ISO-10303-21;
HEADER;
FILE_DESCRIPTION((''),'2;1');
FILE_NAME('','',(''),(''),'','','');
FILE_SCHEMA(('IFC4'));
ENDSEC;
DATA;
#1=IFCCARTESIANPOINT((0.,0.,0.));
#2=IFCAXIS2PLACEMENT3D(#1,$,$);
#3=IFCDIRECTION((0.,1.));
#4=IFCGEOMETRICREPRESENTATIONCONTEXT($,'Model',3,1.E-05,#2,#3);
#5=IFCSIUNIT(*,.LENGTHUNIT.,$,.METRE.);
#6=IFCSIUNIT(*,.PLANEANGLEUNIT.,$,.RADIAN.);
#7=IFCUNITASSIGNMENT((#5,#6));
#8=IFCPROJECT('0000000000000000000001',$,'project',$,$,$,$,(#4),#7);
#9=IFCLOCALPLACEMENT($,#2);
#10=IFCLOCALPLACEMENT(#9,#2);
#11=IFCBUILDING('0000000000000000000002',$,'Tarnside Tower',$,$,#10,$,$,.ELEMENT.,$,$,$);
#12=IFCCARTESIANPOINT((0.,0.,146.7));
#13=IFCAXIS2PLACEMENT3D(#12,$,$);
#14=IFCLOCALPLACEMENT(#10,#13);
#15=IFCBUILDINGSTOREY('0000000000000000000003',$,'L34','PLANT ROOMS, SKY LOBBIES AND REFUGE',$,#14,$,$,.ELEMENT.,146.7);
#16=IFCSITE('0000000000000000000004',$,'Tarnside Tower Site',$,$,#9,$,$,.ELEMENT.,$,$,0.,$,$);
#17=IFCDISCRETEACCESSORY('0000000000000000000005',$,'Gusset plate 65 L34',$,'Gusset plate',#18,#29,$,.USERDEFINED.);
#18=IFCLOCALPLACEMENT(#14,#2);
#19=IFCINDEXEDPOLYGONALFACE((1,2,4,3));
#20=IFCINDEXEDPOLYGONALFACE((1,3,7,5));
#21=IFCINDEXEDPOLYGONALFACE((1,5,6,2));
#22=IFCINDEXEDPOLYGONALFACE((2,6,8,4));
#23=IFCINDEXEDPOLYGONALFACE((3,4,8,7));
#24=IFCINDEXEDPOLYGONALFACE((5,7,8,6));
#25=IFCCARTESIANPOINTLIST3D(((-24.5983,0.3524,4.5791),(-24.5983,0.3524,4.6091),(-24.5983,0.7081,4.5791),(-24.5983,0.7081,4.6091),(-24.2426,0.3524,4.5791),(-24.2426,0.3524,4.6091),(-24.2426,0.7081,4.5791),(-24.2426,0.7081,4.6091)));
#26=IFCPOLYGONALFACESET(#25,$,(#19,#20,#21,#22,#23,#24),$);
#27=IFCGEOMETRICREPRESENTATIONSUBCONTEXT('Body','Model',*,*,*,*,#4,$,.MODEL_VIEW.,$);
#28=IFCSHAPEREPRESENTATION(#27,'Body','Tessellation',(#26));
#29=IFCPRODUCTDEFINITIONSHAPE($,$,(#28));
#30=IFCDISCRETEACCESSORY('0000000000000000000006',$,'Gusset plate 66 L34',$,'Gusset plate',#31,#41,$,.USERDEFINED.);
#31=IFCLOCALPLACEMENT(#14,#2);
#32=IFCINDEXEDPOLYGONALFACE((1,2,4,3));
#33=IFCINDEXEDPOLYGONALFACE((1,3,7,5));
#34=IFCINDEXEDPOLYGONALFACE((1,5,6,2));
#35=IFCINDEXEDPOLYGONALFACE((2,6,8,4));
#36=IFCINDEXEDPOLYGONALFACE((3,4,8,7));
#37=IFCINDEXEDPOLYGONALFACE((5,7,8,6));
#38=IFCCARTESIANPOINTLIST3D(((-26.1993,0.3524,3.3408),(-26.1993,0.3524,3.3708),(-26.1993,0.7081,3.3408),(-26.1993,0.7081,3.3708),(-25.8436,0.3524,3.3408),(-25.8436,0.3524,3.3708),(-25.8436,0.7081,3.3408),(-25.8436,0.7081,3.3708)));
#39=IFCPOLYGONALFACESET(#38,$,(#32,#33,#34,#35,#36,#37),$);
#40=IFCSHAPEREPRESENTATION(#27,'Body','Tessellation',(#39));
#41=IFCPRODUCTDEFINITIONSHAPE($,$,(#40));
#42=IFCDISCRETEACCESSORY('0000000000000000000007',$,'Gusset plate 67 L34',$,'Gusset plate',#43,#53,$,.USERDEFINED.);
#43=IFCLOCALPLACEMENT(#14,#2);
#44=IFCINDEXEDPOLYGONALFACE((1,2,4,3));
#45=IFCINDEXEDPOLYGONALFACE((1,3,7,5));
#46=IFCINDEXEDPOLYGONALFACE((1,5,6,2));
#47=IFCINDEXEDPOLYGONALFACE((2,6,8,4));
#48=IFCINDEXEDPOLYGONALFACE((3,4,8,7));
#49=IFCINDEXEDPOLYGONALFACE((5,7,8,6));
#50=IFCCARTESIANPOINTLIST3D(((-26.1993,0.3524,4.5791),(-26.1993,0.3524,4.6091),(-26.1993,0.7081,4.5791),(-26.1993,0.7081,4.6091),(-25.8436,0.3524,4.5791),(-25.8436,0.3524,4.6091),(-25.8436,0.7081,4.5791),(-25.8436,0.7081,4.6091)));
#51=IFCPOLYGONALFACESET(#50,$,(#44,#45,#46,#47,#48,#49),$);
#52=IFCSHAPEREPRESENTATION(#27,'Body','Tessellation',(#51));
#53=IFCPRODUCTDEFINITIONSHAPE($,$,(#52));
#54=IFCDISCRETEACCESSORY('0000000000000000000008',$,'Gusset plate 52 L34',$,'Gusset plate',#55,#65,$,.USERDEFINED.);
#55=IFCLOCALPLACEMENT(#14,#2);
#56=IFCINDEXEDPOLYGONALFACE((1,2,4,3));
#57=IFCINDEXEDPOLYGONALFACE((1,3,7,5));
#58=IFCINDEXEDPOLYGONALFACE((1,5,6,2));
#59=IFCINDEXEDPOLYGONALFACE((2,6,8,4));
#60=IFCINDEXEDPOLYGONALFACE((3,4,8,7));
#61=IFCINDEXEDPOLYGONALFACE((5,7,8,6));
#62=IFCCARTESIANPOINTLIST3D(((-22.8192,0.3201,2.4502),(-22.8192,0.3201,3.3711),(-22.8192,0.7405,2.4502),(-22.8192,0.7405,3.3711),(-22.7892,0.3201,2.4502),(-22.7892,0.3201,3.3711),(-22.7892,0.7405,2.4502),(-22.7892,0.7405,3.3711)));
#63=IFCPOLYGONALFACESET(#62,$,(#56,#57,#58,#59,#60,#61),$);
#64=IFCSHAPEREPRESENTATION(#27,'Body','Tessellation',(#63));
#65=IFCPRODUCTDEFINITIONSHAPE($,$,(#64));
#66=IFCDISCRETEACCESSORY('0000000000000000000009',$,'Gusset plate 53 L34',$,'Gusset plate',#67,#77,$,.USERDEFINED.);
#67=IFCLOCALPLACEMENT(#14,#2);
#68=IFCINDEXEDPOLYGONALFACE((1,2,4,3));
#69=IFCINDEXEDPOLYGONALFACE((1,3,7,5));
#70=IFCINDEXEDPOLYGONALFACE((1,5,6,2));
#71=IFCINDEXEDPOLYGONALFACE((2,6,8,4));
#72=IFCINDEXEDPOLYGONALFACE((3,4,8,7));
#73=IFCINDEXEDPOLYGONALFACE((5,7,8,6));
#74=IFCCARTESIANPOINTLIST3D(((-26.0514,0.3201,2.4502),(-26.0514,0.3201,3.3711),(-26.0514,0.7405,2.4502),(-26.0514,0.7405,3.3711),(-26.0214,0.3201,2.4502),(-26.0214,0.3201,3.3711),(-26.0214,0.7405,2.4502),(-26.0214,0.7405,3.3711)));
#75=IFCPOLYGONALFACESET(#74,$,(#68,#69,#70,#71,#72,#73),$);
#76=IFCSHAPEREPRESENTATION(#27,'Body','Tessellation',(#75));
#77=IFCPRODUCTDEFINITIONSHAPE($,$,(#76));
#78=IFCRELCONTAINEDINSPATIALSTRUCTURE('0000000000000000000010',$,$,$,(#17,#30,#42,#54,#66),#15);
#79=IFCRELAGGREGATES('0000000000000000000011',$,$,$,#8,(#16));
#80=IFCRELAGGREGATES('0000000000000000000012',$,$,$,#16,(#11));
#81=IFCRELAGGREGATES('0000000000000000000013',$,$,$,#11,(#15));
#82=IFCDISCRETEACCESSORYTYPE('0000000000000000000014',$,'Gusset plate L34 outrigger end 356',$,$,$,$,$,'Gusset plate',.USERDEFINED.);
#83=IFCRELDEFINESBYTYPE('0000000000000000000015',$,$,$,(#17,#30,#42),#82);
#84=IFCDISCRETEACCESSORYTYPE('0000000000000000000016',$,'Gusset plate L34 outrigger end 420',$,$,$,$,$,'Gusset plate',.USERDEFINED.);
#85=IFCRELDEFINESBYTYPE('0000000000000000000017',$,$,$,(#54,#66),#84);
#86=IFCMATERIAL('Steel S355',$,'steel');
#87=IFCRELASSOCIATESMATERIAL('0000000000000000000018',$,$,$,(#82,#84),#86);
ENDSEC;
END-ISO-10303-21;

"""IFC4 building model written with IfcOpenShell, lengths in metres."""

from ifc_helpers import new_model, si_unit, direction, frame, origin, origin_2d, place, context, subcontext, project, spatial, rectangle, extrude, material, type_object, element, save


model = new_model("IFC4")

# Units and contexts
model_context = context("Model", 3, precision=1e-05, world=origin(), true_north=direction((0.0, 1.0)))
body_context = subcontext(model_context, "Body", "Model", "MODEL_VIEW")
ifc_project = project(units=[si_unit("LENGTHUNIT", "METRE"), si_unit("PLANEANGLEUNIT", "RADIAN")], contexts=[model_context])

# Site, building, storey
site_placement = place(None, origin())
site = spatial("IfcSite", under=ifc_project, at=site_placement, Name="Tarnside Tower Site", CompositionType="ELEMENT", RefElevation=0.0)
building_placement = place(site_placement, origin())
building = spatial("IfcBuilding", under=site, at=building_placement, Name="Tarnside Tower", CompositionType="ELEMENT")
storey_placement = place(building_placement, frame((0.0, 0.0, 146.7)))
storey = spatial("IfcBuildingStorey", under=building, at=storey_placement, Name="L34", Description="PLANT ROOMS, SKY LOBBIES AND REFUGE", CompositionType="ELEMENT", Elevation=146.7)

# Shared definitions
ifc_material_1 = material(Name="Steel S355", Category="steel")

# Discrete accessories
discrete_accessory_type_1 = type_object("IfcDiscreteAccessoryType", Name="Gusset plate L34 outrigger end 356", ElementType="Gusset plate", PredefinedType="USERDEFINED", material=ifc_material_1)
for number, where, z_axis, x_axis, name in (
    (1, (-24.4204, 0.5303, 4.5791), (0.0, 0.0, 1.0), (1.0, 0.0, 0.0), "Gusset plate 65 L34"),
    (2, (-26.0215, 0.5303, 3.3408), (0.0, 0.0, 1.0), (1.0, 0.0, 0.0), "Gusset plate 66 L34"),
    (3, (-26.0215, 0.5303, 4.5791), (0.0, 0.0, 1.0), (1.0, 0.0, 0.0), "Gusset plate 67 L34"),
):
    element("IfcDiscreteAccessory", number, at=place(storey_placement, frame(where, z_axis=z_axis, x_axis=x_axis)), inside=storey, type_object=discrete_accessory_type_1, Name=name, ObjectType="Gusset plate", PredefinedType="USERDEFINED", context=body_context, shape_type="SweptSolid", body=[
        extrude(rectangle(XDim=0.3557, YDim=0.3557, at=origin_2d()), origin(), (0.0, 0.0, 1.0), 0.03),
    ])
discrete_accessory_type_2 = type_object("IfcDiscreteAccessoryType", Name="Gusset plate L34 outrigger end 420", ElementType="Gusset plate", PredefinedType="USERDEFINED", material=ifc_material_1)
for number, where, z_axis, x_axis, name in (
    (4, (-22.8042, 0.5303, 2.4502), (0.0, 0.0, 1.0), (1.0, 0.0, 0.0), "Gusset plate 52 L34"),
    (5, (-26.0364, 0.5303, 2.4502), (0.0, 0.0, 1.0), (-1.0, 0.0, 0.0), "Gusset plate 53 L34"),
):
    element("IfcDiscreteAccessory", number, at=place(storey_placement, frame(where, z_axis=z_axis, x_axis=x_axis)), inside=storey, type_object=discrete_accessory_type_2, Name=name, ObjectType="Gusset plate", PredefinedType="USERDEFINED", context=body_context, shape_type="SweptSolid", body=[
        extrude(rectangle(XDim=0.03, YDim=0.4204, at=origin_2d()), origin(), (0.0, 0.0, 1.0), 0.9209),
    ])

save(model, "model.ifc")
